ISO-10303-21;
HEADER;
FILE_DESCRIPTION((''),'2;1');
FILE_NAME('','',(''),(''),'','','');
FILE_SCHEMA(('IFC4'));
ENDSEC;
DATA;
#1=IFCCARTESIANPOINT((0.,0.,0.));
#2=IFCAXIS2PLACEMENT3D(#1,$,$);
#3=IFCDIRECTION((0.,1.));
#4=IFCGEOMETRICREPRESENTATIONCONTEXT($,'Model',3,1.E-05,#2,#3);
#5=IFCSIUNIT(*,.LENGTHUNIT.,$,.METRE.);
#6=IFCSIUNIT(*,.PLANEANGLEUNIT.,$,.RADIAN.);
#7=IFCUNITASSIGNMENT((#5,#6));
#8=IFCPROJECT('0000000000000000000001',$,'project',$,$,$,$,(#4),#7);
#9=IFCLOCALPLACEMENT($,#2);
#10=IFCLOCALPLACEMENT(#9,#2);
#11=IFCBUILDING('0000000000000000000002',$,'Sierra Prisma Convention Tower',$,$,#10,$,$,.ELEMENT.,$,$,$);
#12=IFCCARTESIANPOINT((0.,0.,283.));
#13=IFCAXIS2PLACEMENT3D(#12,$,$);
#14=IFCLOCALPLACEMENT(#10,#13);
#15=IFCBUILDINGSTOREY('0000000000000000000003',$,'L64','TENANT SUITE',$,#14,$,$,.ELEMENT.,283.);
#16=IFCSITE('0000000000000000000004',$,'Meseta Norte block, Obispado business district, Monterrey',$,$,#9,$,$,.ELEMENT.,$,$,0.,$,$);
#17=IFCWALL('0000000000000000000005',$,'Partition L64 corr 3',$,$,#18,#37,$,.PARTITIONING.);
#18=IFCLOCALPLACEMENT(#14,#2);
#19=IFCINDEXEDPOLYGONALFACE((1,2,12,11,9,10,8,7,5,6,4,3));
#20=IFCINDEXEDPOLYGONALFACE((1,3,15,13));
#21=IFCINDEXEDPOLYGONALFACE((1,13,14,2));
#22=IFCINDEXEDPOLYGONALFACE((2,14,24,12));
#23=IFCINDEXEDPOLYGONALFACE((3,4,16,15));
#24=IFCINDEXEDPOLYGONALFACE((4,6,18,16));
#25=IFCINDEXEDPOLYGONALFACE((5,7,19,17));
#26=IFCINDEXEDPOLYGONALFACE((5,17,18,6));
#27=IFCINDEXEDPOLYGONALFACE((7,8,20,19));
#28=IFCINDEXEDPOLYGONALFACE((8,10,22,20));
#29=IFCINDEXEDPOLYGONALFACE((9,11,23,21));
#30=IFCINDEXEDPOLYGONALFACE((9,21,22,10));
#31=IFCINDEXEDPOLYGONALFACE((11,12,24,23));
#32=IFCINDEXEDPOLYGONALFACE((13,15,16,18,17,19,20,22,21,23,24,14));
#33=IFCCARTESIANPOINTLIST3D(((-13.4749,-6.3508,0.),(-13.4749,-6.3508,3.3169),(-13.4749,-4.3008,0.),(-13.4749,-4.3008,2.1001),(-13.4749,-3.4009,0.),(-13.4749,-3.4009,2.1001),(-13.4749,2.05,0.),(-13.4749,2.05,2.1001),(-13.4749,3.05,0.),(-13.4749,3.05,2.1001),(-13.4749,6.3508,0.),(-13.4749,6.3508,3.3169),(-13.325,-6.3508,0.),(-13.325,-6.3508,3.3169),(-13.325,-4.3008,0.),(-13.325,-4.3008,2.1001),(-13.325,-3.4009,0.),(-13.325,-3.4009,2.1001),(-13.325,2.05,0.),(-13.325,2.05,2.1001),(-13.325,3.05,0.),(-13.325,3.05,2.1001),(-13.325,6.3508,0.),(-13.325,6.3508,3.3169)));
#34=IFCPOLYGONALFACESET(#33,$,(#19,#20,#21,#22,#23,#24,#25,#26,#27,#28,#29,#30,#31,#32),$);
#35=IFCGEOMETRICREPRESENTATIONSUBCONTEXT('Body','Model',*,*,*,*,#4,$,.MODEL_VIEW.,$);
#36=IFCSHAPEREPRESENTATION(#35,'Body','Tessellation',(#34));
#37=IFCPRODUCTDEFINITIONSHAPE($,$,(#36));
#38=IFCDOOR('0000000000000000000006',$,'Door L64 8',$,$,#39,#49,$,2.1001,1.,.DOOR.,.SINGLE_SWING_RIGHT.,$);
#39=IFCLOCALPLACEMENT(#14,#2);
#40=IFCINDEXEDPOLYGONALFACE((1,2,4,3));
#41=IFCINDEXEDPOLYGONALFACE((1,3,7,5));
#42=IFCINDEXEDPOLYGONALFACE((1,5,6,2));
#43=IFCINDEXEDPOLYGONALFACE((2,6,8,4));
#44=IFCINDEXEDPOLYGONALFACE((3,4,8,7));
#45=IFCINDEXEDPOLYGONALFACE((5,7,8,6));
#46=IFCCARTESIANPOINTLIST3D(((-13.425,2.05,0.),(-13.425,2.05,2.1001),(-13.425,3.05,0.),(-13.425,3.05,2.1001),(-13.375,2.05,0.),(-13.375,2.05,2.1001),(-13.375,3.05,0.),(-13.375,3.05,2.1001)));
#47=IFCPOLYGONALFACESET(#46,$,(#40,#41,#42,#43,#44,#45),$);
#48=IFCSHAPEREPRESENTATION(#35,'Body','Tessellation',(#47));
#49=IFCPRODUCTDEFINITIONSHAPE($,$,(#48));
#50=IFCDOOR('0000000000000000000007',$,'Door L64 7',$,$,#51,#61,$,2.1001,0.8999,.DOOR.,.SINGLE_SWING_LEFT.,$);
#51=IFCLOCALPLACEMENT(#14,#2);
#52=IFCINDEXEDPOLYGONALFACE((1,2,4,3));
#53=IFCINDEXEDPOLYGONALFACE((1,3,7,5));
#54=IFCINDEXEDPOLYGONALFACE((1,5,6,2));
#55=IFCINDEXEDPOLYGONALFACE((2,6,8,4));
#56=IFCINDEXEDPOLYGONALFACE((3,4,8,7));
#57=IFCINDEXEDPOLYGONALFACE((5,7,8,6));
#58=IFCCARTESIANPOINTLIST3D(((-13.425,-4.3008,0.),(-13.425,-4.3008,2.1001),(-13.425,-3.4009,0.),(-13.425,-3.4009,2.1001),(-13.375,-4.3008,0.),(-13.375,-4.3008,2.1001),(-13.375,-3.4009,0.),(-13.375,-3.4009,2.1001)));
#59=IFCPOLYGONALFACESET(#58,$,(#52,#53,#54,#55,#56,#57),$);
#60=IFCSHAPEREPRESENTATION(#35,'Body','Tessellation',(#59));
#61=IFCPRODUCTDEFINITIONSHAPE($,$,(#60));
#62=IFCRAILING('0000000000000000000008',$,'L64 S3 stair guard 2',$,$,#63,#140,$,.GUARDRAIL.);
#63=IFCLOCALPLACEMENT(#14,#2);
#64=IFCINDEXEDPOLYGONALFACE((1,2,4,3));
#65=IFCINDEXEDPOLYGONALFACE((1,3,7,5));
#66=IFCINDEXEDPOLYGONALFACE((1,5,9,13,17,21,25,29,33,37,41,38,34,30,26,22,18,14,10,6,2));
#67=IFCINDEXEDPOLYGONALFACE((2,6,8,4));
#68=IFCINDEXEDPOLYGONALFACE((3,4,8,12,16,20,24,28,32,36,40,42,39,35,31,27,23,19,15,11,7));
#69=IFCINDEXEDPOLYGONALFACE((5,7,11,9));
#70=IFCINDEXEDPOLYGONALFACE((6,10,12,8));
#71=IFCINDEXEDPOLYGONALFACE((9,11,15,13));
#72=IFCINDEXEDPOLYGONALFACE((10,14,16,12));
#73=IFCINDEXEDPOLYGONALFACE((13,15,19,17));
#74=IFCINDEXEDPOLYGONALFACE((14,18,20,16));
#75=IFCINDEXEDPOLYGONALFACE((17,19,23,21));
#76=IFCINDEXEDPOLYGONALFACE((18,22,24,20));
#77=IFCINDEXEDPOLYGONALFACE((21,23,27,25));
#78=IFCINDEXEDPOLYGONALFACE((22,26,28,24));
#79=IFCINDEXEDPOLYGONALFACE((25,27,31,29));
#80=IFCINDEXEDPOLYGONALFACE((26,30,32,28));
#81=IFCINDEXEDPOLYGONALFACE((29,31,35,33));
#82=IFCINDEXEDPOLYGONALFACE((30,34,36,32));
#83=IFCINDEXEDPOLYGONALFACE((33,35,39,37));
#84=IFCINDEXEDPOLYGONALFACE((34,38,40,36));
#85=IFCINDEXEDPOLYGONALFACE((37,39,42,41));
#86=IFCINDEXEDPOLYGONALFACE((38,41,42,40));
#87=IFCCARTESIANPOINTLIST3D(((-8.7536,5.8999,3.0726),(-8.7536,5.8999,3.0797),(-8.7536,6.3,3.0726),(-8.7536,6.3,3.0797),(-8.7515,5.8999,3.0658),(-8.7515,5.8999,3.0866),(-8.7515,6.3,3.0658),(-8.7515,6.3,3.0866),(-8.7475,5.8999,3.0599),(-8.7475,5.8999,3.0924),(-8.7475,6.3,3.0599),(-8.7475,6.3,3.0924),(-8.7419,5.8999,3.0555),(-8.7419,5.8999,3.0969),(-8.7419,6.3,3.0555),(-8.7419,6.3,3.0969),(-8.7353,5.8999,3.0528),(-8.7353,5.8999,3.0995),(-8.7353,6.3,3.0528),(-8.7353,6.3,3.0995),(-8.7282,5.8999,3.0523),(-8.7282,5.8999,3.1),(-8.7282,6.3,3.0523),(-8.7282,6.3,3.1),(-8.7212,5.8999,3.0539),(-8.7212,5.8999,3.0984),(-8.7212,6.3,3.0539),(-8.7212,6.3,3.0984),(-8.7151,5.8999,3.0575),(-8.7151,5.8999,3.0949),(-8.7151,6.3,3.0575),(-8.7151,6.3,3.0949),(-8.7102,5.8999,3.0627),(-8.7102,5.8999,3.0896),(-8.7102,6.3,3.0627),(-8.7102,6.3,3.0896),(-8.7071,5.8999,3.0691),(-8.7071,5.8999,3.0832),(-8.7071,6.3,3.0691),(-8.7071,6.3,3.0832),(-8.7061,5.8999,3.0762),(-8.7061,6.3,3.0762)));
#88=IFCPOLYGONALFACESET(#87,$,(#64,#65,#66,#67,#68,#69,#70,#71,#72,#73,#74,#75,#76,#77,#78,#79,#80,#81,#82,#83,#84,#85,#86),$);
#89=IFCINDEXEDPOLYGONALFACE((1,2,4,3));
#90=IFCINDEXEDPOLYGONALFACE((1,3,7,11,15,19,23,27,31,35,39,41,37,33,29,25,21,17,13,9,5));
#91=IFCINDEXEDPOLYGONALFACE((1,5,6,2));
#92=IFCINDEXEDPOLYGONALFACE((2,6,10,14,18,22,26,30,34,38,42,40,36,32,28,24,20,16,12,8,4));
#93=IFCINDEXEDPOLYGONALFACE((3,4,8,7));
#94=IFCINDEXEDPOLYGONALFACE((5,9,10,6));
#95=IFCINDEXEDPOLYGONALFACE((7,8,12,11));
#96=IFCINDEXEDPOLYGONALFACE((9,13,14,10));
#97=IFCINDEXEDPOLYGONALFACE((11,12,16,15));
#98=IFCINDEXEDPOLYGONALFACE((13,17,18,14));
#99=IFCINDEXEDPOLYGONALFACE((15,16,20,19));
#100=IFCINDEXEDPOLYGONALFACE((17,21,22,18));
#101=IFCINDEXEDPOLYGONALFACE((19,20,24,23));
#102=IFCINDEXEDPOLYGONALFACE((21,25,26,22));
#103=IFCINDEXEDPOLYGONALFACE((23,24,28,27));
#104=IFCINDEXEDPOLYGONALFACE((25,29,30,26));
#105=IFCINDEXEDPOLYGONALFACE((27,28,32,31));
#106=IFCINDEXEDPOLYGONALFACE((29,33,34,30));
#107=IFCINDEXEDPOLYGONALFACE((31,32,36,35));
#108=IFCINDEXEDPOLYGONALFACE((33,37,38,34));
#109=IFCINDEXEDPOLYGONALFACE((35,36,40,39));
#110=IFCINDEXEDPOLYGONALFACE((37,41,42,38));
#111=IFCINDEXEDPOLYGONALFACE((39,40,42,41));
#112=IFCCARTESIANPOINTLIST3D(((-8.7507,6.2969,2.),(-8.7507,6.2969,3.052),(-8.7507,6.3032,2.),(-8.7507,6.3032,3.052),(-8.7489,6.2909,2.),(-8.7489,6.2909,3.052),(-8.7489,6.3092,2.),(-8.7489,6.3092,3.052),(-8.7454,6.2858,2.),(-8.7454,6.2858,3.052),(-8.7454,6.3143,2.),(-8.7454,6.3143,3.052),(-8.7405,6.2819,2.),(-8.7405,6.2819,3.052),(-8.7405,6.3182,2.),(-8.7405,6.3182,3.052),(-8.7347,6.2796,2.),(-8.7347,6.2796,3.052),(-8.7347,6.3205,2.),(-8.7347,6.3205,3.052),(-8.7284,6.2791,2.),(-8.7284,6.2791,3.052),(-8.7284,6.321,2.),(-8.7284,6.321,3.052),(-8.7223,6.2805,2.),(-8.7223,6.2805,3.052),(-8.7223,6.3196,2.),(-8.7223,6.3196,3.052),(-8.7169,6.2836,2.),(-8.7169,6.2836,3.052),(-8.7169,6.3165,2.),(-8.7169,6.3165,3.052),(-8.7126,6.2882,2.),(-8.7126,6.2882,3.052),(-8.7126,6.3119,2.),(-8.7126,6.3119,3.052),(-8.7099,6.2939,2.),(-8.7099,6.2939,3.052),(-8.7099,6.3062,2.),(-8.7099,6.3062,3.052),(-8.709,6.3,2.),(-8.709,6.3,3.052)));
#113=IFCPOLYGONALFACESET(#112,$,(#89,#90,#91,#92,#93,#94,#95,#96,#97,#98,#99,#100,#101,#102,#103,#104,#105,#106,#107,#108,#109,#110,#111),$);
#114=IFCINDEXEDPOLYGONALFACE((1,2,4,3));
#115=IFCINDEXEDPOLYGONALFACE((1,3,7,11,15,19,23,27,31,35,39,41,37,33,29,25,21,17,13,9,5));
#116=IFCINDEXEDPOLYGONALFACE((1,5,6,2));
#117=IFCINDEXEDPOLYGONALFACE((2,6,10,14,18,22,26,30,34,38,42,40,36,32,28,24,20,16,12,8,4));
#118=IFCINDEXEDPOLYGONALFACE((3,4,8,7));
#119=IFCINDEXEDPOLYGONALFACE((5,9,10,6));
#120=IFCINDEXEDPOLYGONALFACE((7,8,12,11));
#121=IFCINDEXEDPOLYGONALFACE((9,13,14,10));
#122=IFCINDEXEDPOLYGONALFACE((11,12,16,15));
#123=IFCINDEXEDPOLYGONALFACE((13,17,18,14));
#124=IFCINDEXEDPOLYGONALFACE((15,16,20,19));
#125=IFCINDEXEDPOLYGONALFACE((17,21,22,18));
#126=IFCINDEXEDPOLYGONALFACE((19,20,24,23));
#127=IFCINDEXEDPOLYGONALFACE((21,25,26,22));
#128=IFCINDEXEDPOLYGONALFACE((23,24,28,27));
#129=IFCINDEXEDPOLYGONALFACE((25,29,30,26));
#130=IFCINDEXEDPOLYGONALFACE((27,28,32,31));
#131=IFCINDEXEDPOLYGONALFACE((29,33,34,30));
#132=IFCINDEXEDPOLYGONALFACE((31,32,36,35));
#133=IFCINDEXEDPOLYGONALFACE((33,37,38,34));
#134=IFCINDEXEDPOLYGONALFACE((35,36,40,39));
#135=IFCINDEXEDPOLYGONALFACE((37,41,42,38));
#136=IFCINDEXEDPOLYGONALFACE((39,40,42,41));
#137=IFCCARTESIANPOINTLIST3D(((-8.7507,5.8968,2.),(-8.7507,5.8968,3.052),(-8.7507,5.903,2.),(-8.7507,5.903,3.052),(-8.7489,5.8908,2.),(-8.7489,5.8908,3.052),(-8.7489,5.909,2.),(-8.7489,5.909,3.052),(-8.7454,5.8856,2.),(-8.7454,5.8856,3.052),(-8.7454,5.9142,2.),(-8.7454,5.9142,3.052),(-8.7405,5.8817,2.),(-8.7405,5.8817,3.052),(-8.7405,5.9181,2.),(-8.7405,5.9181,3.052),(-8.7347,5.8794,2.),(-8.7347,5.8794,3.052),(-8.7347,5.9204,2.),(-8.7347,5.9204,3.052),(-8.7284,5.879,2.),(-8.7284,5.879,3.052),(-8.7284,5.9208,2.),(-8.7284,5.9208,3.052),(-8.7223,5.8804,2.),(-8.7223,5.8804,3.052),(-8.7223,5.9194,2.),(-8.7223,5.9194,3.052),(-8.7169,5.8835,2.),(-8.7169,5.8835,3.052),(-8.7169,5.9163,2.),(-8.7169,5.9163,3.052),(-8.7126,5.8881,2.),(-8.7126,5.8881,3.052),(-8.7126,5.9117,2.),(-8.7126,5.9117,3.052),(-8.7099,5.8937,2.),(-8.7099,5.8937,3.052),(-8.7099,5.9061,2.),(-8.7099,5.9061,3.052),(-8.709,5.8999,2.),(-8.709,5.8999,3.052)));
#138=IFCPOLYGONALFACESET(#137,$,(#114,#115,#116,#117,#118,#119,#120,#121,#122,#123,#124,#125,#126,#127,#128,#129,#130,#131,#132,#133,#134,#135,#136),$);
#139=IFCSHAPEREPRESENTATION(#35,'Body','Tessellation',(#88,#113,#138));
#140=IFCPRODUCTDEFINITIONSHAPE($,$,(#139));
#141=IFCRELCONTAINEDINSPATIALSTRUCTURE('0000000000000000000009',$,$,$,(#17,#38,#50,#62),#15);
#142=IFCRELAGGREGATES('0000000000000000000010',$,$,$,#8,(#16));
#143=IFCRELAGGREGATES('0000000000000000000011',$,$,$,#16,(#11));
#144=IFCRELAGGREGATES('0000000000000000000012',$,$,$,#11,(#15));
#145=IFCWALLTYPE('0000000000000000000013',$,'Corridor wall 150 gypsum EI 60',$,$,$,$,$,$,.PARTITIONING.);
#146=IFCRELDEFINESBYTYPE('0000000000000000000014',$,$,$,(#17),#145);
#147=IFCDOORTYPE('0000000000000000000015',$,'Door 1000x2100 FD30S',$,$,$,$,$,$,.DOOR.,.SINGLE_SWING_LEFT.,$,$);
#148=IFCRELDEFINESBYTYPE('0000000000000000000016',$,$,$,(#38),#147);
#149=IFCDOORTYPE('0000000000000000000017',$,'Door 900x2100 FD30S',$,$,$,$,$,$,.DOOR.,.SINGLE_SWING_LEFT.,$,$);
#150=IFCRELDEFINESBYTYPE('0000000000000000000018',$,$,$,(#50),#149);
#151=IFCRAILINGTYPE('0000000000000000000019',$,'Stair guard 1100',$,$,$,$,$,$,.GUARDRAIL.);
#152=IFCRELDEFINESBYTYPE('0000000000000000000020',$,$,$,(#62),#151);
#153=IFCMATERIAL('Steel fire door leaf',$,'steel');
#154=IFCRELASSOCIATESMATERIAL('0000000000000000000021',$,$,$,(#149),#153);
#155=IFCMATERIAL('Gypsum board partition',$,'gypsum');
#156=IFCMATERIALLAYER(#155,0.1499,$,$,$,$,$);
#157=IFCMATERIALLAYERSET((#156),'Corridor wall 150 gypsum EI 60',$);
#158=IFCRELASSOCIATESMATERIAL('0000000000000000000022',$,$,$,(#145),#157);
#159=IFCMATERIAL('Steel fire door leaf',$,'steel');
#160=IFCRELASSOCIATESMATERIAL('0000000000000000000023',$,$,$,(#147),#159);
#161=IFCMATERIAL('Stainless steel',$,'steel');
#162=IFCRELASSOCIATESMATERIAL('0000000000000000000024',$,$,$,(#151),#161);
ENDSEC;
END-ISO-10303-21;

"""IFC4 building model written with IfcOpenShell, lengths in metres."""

from ifc_helpers import new_model, si_unit, direction, frame, frame_2d, origin, origin_2d, place, context, subcontext, project, spatial, rectangle, circle, extrude, material, layer, layer_set, type_object, element, fill, save


model = new_model("IFC4")

# Units and contexts
model_context = context("Model", 3, precision=1e-05, world=origin(), true_north=direction((0.0, 1.0)))
body_context = subcontext(model_context, "Body", "Model", "MODEL_VIEW")
ifc_project = project(units=[si_unit("LENGTHUNIT", "METRE"), si_unit("PLANEANGLEUNIT", "RADIAN")], contexts=[model_context])

# Site, building, storey
site_placement = place(None, origin())
site = spatial("IfcSite", under=ifc_project, at=site_placement, Name="Meseta Norte block, Obispado business district, Monterrey", CompositionType="ELEMENT", RefElevation=0.0)
building_placement = place(site_placement, origin())
building = spatial("IfcBuilding", under=site, at=building_placement, Name="Sierra Prisma Convention Tower", CompositionType="ELEMENT")
storey_placement = place(building_placement, frame((0.0, 0.0, 283.0)))
storey = spatial("IfcBuildingStorey", under=building, at=storey_placement, Name="L64", Description="TENANT SUITE", CompositionType="ELEMENT", Elevation=283.0)

# Shared definitions
ifc_material_1 = material(Name="Steel fire door leaf", Category="steel")
door_type_1 = type_object("IfcDoorType", Name="Door 900x2100 FD30S", OperationType="SINGLE_SWING_LEFT", PredefinedType="DOOR", material=ifc_material_1)

# Shared definitions
ifc_material_2 = material(Name="Gypsum board partition", Category="gypsum")
ifc_layer_1 = layer(ifc_material_2, 0.1499)
ifc_layer_set_1 = layer_set([ifc_layer_1], Name="Corridor wall 150 gypsum EI 60")
wall_type_1 = type_object("IfcWallType", Name="Corridor wall 150 gypsum EI 60", PredefinedType="PARTITIONING", material=ifc_layer_set_1)

# Wall, openings, doors
wall_1_placement = place(storey_placement, frame((-13.3999, 6.3508, 0.0), z_axis=(0.0, 0.0, 1.0), x_axis=(0.0, -1.0, 0.0)))
wall_1 = element("IfcWall", 1, at=wall_1_placement, inside=storey, type_object=wall_type_1, Name="Partition L64 corr 3", PredefinedType="PARTITIONING", context=body_context, shape_type="SweptSolid", body=[
    extrude(rectangle(XDim=12.7017, YDim=0.1499, at=frame_2d((6.3508, 0.0))), origin(), (0.0, 0.0, 1.0), 3.3169),
])
opening_1_placement = place(wall_1_placement, frame((9.7517, 0.0, 0.0)))
opening_1 = element("IfcOpeningElement", 2, at=opening_1_placement, cuts=wall_1, PredefinedType="OPENING", context=body_context, shape_type="SweptSolid", body=[
    extrude(rectangle(XDim=0.8999, YDim=2.1001, at=frame_2d((0.45, 1.05))), frame((0.0, 0.075, 0.0), z_axis=(0.0, -1.0, 0.0), x_axis=(1.0, 0.0, 0.0)), (0.0, 0.0, 1.0), 0.1499),
])
opening_2_placement = place(wall_1_placement, frame((3.3008, 0.0, 0.0)))
opening_2 = element("IfcOpeningElement", 3, at=opening_2_placement, cuts=wall_1, PredefinedType="OPENING", context=body_context, shape_type="SweptSolid", body=[
    extrude(rectangle(XDim=1.0, YDim=2.1001, at=frame_2d((0.5, 1.05))), frame((0.0, 0.075, 0.0), z_axis=(0.0, -1.0, 0.0), x_axis=(1.0, 0.0, 0.0)), (0.0, 0.0, 1.0), 0.1499),
])
ifc_material_3 = material(Name="Steel fire door leaf", Category="steel")
door_type_2 = type_object("IfcDoorType", Name="Door 1000x2100 FD30S", OperationType="SINGLE_SWING_LEFT", PredefinedType="DOOR", material=ifc_material_3)
door_1_placement = place(opening_2_placement, origin())
door_1 = element("IfcDoor", 4, at=door_1_placement, inside=storey, type_object=door_type_2, Name="Door L64 8", OperationType="SINGLE_SWING_RIGHT", OverallHeight=2.1001, OverallWidth=1.0, PredefinedType="DOOR", context=body_context, shape_type="SweptSolid", body=[
    extrude(rectangle(XDim=1.0, YDim=2.1001, at=frame_2d((0.5, 1.05))), frame((0.0, 0.0249, 0.0), z_axis=(0.0, -1.0, 0.0), x_axis=(1.0, 0.0, 0.0)), (0.0, 0.0, 1.0), 0.05),
])
fill(opening_2, door_1)
door_2_placement = place(opening_1_placement, origin())
door_2 = element("IfcDoor", 5, at=door_2_placement, inside=storey, type_object=door_type_1, Name="Door L64 7", OperationType="SINGLE_SWING_LEFT", OverallHeight=2.1001, OverallWidth=0.8999, PredefinedType="DOOR", context=body_context, shape_type="SweptSolid", body=[
    extrude(rectangle(XDim=0.8999, YDim=2.1001, at=frame_2d((0.45, 1.05))), frame((0.0, 0.0249, 0.0), z_axis=(0.0, -1.0, 0.0), x_axis=(1.0, 0.0, 0.0)), (0.0, 0.0, 1.0), 0.05),
])
fill(opening_1, door_2)

# Railing
ifc_material_4 = material(Name="Stainless steel", Category="steel")
railing_type = type_object("IfcRailingType", Name="Stair guard 1100", PredefinedType="GUARDRAIL", material=ifc_material_4)
railing_placement = place(storey_placement, frame((-8.73, 6.3, 2.0)))
element("IfcRailing", 6, at=railing_placement, inside=storey, type_object=railing_type, Name="L64 S3 stair guard 2", PredefinedType="GUARDRAIL", context=body_context, shape_type="SweptSolid", body=[
    extrude(circle(Radius=0.0239, at=origin_2d()), frame((0.0, 0.0, 1.0762), z_axis=(0.0, -1.0, 0.0), x_axis=(1.0, 0.0, 0.0)), (0.0, 0.0, 1.0), 0.4001),
    extrude(circle(Radius=0.021, at=origin_2d()), origin(), (0.0, 0.0, 1.0), 1.052),
    extrude(circle(Radius=0.021, at=origin_2d()), frame((0.0, -0.4001, 0.0)), (0.0, 0.0, 1.0), 1.052),
])

save(model, "model.ifc")
